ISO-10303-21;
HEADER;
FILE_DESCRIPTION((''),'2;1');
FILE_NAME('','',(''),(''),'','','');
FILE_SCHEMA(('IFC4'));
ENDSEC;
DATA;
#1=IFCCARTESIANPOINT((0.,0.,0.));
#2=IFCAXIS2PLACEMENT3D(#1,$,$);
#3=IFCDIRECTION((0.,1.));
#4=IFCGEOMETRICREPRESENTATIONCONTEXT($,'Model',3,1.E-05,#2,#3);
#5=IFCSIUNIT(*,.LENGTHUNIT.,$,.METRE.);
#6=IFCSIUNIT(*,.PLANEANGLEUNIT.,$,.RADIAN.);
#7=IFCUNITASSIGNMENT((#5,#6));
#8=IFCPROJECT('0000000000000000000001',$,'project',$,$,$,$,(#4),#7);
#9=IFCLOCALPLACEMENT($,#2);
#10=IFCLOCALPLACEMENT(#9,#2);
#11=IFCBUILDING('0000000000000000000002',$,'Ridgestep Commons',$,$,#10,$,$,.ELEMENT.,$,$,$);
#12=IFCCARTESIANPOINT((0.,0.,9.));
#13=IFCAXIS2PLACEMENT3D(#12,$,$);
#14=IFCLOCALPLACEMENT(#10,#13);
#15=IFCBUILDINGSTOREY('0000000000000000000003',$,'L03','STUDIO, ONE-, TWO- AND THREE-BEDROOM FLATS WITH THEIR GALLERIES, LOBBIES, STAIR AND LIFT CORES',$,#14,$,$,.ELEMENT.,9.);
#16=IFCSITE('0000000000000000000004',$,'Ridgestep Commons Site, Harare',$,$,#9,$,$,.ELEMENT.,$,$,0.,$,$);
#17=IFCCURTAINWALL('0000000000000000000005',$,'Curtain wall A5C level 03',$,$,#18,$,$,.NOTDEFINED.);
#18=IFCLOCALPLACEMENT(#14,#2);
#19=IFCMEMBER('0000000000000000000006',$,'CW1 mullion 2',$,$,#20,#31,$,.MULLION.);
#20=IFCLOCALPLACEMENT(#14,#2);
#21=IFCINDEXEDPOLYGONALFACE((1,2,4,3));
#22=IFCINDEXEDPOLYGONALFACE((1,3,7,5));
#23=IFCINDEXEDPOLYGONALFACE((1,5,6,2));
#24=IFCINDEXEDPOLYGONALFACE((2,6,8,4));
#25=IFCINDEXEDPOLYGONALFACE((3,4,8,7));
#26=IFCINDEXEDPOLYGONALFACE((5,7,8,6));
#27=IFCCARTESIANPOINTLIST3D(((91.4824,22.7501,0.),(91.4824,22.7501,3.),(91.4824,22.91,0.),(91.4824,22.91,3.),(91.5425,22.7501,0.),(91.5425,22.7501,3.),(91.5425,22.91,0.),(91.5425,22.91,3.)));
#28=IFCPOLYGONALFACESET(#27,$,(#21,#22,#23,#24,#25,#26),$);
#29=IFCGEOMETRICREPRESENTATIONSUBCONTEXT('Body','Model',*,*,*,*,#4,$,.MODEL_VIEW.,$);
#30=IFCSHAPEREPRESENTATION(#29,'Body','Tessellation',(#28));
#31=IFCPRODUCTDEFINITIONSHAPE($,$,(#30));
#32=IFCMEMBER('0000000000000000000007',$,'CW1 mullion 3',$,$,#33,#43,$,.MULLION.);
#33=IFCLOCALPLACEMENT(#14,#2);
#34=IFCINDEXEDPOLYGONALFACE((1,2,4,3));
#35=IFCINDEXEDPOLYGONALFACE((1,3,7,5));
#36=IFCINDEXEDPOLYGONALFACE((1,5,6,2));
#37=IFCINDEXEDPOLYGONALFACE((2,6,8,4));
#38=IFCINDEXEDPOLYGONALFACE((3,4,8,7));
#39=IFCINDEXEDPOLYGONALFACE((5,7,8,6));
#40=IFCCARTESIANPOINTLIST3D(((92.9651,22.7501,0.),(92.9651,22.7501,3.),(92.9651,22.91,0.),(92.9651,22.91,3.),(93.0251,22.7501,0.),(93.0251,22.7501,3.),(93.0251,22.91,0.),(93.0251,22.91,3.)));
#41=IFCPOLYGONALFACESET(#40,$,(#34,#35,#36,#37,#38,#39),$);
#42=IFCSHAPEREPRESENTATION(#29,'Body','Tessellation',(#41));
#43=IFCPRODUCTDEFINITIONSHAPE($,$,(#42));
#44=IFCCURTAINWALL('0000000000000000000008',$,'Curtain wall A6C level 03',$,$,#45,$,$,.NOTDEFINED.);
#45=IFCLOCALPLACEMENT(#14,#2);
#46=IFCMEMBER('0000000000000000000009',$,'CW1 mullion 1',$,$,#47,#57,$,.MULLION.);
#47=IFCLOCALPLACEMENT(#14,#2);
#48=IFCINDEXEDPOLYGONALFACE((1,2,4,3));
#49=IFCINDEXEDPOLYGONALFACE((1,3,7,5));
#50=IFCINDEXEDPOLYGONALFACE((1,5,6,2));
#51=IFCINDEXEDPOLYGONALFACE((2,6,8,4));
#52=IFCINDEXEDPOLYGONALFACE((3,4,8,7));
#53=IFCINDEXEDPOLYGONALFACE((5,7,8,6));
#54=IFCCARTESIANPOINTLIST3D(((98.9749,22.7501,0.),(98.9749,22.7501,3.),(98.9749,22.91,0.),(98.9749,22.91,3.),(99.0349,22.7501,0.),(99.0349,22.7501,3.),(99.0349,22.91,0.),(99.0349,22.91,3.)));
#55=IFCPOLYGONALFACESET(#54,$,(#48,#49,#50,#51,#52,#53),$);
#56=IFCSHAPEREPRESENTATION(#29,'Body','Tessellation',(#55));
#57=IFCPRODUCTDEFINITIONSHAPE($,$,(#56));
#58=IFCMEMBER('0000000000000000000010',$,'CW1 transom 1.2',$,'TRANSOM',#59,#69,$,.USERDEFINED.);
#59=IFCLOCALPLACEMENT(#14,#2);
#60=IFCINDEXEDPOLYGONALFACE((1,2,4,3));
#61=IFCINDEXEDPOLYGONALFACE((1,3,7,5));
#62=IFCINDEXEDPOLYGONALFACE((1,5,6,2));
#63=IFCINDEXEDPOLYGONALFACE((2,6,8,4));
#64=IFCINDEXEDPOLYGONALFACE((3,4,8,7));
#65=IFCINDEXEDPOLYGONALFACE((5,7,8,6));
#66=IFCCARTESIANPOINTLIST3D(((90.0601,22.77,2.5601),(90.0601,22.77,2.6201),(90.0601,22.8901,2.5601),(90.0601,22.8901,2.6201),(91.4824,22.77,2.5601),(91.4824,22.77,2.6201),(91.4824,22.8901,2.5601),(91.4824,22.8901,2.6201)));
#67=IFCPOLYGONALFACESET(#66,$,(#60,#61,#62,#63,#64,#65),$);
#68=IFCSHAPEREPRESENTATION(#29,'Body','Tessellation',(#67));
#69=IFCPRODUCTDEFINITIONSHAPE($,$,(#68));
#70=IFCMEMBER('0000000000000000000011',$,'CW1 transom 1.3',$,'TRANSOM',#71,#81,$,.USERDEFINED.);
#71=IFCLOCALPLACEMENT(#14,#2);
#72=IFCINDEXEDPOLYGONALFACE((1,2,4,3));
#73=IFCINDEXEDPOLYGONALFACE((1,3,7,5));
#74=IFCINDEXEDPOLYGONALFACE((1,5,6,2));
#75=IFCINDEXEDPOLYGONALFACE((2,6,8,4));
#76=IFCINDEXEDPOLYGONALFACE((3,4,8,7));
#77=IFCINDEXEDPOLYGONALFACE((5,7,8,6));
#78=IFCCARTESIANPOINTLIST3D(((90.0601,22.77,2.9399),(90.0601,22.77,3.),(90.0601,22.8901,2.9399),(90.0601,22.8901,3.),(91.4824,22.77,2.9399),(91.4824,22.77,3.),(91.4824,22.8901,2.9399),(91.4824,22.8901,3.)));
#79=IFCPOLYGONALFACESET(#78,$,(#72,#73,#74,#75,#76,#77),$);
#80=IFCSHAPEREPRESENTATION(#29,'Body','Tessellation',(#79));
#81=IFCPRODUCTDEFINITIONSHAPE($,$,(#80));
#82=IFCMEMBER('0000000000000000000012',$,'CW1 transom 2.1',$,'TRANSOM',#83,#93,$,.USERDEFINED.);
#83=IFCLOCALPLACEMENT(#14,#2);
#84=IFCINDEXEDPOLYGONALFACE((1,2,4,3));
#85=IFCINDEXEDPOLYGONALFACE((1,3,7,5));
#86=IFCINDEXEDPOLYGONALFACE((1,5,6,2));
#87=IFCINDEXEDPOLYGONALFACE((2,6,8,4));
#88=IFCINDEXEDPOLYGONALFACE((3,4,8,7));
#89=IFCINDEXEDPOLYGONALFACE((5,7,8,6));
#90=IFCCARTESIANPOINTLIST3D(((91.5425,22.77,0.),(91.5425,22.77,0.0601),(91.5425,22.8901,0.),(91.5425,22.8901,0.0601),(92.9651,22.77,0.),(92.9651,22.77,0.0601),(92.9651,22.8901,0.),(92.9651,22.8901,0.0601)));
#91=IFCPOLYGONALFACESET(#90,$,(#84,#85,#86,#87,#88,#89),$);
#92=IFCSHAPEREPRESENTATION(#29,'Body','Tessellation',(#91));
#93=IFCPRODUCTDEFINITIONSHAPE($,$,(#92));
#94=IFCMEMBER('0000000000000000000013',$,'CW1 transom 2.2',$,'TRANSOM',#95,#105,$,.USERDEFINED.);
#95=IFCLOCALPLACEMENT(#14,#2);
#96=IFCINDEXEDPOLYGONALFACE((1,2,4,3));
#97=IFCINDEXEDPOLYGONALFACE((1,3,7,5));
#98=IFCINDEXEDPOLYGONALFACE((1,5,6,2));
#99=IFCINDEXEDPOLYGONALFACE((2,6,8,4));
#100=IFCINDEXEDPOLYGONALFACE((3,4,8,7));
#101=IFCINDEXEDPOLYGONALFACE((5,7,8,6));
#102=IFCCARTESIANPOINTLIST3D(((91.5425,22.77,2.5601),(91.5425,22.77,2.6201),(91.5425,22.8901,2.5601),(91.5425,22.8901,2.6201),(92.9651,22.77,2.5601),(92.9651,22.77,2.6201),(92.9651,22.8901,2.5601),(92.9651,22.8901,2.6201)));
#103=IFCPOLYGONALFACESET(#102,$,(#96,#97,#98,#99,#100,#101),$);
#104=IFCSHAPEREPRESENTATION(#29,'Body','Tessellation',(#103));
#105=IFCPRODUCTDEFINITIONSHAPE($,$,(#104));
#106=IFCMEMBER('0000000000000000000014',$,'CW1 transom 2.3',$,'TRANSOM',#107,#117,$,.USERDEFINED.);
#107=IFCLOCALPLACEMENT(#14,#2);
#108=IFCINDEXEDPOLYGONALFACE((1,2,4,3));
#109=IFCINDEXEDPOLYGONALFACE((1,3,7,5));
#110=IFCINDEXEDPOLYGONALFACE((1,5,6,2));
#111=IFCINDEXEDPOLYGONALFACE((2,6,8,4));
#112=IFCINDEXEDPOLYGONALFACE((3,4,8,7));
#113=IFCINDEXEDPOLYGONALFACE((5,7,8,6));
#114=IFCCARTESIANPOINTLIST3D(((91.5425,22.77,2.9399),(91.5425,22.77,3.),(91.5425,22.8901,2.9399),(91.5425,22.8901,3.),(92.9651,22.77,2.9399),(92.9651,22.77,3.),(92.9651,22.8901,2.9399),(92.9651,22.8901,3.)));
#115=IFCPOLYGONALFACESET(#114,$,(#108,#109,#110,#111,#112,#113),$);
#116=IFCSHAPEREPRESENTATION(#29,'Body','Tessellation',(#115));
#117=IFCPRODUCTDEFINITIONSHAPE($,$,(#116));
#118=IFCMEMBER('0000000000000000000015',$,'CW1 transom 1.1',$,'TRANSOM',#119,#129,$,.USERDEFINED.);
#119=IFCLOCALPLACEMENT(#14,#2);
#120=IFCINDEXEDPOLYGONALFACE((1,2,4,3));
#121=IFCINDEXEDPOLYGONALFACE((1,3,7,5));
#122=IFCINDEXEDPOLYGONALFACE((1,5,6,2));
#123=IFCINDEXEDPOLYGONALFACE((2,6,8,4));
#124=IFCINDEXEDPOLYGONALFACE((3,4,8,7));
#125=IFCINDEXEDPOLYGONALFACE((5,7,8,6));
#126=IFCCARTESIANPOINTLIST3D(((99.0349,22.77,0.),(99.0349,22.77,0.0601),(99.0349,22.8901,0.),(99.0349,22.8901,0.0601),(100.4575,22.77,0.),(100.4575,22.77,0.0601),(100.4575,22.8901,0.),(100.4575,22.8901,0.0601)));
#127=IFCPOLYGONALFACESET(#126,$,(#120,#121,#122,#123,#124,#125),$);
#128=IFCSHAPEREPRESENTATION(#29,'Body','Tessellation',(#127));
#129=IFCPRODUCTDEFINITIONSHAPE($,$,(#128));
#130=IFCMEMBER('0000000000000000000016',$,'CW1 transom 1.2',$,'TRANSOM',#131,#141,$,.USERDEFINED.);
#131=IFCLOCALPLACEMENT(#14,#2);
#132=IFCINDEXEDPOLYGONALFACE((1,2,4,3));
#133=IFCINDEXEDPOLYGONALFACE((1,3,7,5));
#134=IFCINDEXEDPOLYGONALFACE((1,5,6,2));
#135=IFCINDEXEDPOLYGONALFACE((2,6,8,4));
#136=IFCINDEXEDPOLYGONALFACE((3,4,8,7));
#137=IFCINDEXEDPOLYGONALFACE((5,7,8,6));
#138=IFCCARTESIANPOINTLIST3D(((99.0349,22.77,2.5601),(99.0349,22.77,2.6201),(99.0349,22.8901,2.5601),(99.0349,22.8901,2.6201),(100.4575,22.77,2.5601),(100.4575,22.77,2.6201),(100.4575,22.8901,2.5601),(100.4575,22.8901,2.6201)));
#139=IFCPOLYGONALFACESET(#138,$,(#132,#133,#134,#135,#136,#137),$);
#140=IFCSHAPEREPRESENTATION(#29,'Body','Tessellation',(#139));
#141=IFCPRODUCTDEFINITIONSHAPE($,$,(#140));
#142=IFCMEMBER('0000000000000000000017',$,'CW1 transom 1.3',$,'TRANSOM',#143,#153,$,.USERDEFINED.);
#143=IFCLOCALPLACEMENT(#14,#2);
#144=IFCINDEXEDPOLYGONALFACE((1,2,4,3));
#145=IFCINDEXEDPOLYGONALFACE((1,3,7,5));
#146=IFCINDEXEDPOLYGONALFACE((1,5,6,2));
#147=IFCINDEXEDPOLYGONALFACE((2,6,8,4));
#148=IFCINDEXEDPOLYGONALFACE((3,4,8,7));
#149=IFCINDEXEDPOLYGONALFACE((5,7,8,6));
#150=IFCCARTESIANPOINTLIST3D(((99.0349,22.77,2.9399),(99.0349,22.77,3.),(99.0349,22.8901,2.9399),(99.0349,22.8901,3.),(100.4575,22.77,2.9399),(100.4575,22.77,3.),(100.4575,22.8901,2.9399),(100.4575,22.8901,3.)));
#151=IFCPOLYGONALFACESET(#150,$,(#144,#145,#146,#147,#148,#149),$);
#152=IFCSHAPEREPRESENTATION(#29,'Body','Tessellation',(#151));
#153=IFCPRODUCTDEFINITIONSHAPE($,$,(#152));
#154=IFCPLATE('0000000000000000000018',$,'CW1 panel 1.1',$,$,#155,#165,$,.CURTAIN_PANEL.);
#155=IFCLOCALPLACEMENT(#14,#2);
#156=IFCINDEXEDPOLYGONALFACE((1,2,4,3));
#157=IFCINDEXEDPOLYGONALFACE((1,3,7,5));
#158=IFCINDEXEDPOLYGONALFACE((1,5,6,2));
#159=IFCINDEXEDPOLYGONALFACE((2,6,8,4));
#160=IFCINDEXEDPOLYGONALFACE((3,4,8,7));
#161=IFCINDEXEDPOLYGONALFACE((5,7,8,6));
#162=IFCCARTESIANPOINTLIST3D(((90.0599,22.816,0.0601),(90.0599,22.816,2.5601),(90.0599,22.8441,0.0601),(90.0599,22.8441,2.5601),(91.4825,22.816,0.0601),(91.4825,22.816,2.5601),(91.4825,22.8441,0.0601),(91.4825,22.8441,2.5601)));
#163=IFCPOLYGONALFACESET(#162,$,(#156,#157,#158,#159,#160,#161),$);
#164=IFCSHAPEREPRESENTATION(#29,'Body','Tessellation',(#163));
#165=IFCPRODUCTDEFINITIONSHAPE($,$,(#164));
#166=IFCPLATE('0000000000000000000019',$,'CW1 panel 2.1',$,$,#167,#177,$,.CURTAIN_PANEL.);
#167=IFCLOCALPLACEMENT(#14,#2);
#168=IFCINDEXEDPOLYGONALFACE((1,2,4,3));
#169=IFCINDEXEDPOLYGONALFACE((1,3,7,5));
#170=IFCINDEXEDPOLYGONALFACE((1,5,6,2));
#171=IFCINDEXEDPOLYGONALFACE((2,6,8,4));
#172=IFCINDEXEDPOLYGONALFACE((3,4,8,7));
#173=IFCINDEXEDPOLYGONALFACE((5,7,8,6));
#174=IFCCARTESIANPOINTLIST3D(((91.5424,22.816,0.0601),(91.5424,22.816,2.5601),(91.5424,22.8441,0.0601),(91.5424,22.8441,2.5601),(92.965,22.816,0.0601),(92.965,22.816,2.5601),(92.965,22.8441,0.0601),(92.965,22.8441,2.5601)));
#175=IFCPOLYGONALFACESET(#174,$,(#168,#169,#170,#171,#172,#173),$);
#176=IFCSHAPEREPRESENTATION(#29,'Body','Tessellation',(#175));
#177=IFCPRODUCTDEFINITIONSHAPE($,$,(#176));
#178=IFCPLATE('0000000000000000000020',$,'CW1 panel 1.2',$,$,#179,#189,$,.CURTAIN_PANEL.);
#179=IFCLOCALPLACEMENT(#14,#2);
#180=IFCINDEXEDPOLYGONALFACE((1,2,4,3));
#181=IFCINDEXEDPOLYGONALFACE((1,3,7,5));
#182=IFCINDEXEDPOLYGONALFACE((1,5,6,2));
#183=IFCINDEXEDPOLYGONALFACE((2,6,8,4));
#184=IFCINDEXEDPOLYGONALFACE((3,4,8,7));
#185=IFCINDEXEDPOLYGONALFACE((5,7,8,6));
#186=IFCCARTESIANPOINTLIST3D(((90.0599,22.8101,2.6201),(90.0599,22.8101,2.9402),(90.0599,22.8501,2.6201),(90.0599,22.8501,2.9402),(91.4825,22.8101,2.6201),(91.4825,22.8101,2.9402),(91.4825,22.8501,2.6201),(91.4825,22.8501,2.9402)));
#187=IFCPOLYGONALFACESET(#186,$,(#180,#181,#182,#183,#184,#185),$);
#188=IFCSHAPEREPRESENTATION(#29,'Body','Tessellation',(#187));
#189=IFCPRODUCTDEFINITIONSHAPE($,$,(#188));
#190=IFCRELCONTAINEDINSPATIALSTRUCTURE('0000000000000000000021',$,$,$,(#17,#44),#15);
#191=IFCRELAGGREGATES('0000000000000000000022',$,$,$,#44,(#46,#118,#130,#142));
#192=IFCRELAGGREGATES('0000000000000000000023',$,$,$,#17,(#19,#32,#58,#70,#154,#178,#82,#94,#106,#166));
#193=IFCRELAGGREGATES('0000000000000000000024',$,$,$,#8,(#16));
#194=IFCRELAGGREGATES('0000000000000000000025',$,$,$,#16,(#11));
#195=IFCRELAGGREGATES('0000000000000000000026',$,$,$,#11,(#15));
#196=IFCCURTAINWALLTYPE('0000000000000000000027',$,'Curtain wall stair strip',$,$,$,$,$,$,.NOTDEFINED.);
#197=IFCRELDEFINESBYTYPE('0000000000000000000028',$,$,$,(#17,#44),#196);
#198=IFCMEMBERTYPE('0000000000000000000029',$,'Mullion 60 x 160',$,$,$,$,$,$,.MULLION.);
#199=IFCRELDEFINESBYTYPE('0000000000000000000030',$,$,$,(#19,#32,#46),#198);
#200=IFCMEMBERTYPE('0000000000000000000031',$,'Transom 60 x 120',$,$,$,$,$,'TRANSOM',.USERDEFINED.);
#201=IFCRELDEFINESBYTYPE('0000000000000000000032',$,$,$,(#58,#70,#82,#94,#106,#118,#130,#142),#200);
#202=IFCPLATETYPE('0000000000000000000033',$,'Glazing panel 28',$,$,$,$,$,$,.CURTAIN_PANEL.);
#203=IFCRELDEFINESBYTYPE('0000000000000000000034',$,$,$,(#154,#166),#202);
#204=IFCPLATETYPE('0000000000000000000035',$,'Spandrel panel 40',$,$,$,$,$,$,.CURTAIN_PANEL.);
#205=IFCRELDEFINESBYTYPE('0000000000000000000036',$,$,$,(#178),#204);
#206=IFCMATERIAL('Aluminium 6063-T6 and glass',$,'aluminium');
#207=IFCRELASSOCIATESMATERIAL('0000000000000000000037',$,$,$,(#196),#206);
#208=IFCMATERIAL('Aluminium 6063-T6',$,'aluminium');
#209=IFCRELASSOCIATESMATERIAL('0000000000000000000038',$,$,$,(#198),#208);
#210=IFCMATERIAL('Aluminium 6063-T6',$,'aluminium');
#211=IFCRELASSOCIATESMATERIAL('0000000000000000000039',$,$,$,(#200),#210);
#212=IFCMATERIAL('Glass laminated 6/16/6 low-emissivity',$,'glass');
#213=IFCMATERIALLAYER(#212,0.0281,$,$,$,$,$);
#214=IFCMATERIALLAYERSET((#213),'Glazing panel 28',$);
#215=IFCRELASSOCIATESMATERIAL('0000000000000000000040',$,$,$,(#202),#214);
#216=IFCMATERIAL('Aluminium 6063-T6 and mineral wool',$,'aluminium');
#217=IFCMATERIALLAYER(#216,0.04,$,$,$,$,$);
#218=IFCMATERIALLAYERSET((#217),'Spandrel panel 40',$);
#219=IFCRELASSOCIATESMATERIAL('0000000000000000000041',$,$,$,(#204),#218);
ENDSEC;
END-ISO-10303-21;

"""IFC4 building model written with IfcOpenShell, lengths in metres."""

from ifc_helpers import new_model, si_unit, direction, frame, origin, origin_2d, place, context, subcontext, project, spatial, rectangle, extrude, material, layer, layer_set, material_profile, profile_set, type_object, element, aggregate, save


model = new_model("IFC4")

# Units and contexts
model_context = context("Model", 3, precision=1e-05, world=origin(), true_north=direction((0.0, 1.0)))
body_context = subcontext(model_context, "Body", "Model", "MODEL_VIEW")
ifc_project = project(units=[si_unit("LENGTHUNIT", "METRE"), si_unit("PLANEANGLEUNIT", "RADIAN")], contexts=[model_context])

# Site, building, storey
site_placement = place(None, origin())
site = spatial("IfcSite", under=ifc_project, at=site_placement, Name="Ridgestep Commons Site, Harare", CompositionType="ELEMENT", RefElevation=0.0)
building_placement = place(site_placement, origin())
building = spatial("IfcBuilding", under=site, at=building_placement, Name="Ridgestep Commons", CompositionType="ELEMENT")
storey_placement = place(building_placement, frame((0.0, 0.0, 9.0)))
storey = spatial("IfcBuildingStorey", under=building, at=storey_placement, Name="L03", Description="STUDIO, ONE-, TWO- AND THREE-BEDROOM FLATS WITH THEIR GALLERIES, LOBBIES, STAIR AND LIFT CORES", CompositionType="ELEMENT", Elevation=9.0)

# Curtain wall, members
ifc_material_1 = material(Name="Aluminium 6063-T6 and glass", Category="aluminium")
curtain_wall_type = type_object("IfcCurtainWallType", Name="Curtain wall stair strip", PredefinedType="NOTDEFINED", material=ifc_material_1)
curtain_wall_1_placement = place(storey_placement, origin())
curtain_wall_1 = element("IfcCurtainWall", 1, at=curtain_wall_1_placement, inside=storey, type_object=curtain_wall_type, Name="Curtain wall A5C level 03", PredefinedType="NOTDEFINED")
ifc_material_2 = material(Name="Aluminium 6063-T6", Category="aluminium")
ifc_material_profile_1 = material_profile(ifc_material_2, rectangle(XDim=0.1599, YDim=0.0601, at=origin_2d()), Name="Mullion 60 x 160")
ifc_profile_set_1 = profile_set([ifc_material_profile_1], Name="Aluminium 6063-T6")
member_type_1 = type_object("IfcMemberType", Name="Mullion 60 x 160", PredefinedType="MULLION", material=ifc_profile_set_1)
member_1_placement = place(storey_placement, frame((91.5125, 22.8301, 0.0), z_axis=(0.0, 0.0, 1.0), x_axis=(0.0, 1.0, 0.0)))
member_1 = element("IfcMember", 2, at=member_1_placement, type_object=member_type_1, Name="CW1 mullion 2", PredefinedType="MULLION", context=body_context, shape_type="SweptSolid", body=[
    extrude(rectangle(XDim=0.1599, YDim=0.0601, at=origin_2d()), origin(), (0.0, 0.0, 1.0), 3.0),
])
member_2_placement = place(storey_placement, frame((92.9951, 22.8301, 0.0), z_axis=(0.0, 0.0, 1.0), x_axis=(0.0, 1.0, 0.0)))
member_2 = element("IfcMember", 3, at=member_2_placement, type_object=member_type_1, Name="CW1 mullion 3", PredefinedType="MULLION", context=body_context, shape_type="SweptSolid", body=[
    extrude(rectangle(XDim=0.1599, YDim=0.0601, at=origin_2d()), origin(), (0.0, 0.0, 1.0), 3.0),
])

# Curtain wall, member
curtain_wall_2_placement = place(storey_placement, origin())
curtain_wall_2 = element("IfcCurtainWall", 4, at=curtain_wall_2_placement, inside=storey, type_object=curtain_wall_type, Name="Curtain wall A6C level 03", PredefinedType="NOTDEFINED")
member_3_placement = place(storey_placement, frame((99.0049, 22.8301, 0.0), z_axis=(0.0, 0.0, 1.0), x_axis=(0.0, 1.0, 0.0)))
member_3 = element("IfcMember", 5, at=member_3_placement, type_object=member_type_1, Name="CW1 mullion 1", PredefinedType="MULLION", context=body_context, shape_type="SweptSolid", body=[
    extrude(rectangle(XDim=0.1599, YDim=0.0601, at=origin_2d()), origin(), (0.0, 0.0, 1.0), 3.0),
])

# Members
ifc_material_3 = material(Name="Aluminium 6063-T6", Category="aluminium")
ifc_material_profile_2 = material_profile(ifc_material_3, rectangle(XDim=0.1201, YDim=0.0601, at=origin_2d()), Name="Transom 60 x 120")
ifc_profile_set_2 = profile_set([ifc_material_profile_2], Name="Aluminium 6063-T6")
member_type_2 = type_object("IfcMemberType", Name="Transom 60 x 120", ElementType="TRANSOM", PredefinedType="USERDEFINED", material=ifc_profile_set_2)
member_4_placement = place(storey_placement, frame((90.0601, 22.8301, 2.5901), z_axis=(1.0, 0.0, 0.0), x_axis=(0.0, 1.0, 0.0)))
member_4 = element("IfcMember", 6, at=member_4_placement, type_object=member_type_2, Name="CW1 transom 1.2", ObjectType="TRANSOM", PredefinedType="USERDEFINED", context=body_context, shape_type="SweptSolid", body=[
    extrude(rectangle(XDim=0.1201, YDim=0.0601, at=origin_2d()), origin(), (0.0, 0.0, 1.0), 1.4224),
])
member_5_placement = place(storey_placement, frame((90.0601, 22.8301, 2.97), z_axis=(1.0, 0.0, 0.0), x_axis=(0.0, 1.0, 0.0)))
member_5 = element("IfcMember", 7, at=member_5_placement, type_object=member_type_2, Name="CW1 transom 1.3", ObjectType="TRANSOM", PredefinedType="USERDEFINED", context=body_context, shape_type="SweptSolid", body=[
    extrude(rectangle(XDim=0.1201, YDim=0.0601, at=origin_2d()), origin(), (0.0, 0.0, 1.0), 1.4224),
])
member_6_placement = place(storey_placement, frame((91.5425, 22.8301, 0.03), z_axis=(1.0, 0.0, 0.0), x_axis=(0.0, 1.0, 0.0)))
member_6 = element("IfcMember", 8, at=member_6_placement, type_object=member_type_2, Name="CW1 transom 2.1", ObjectType="TRANSOM", PredefinedType="USERDEFINED", context=body_context, shape_type="SweptSolid", body=[
    extrude(rectangle(XDim=0.1201, YDim=0.0601, at=origin_2d()), origin(), (0.0, 0.0, 1.0), 1.4226),
])
member_7_placement = place(storey_placement, frame((91.5425, 22.8301, 2.5901), z_axis=(1.0, 0.0, 0.0), x_axis=(0.0, 1.0, 0.0)))
member_7 = element("IfcMember", 9, at=member_7_placement, type_object=member_type_2, Name="CW1 transom 2.2", ObjectType="TRANSOM", PredefinedType="USERDEFINED", context=body_context, shape_type="SweptSolid", body=[
    extrude(rectangle(XDim=0.1201, YDim=0.0601, at=origin_2d()), origin(), (0.0, 0.0, 1.0), 1.4226),
])
member_8_placement = place(storey_placement, frame((91.5425, 22.8301, 2.97), z_axis=(1.0, 0.0, 0.0), x_axis=(0.0, 1.0, 0.0)))
member_8 = element("IfcMember", 10, at=member_8_placement, type_object=member_type_2, Name="CW1 transom 2.3", ObjectType="TRANSOM", PredefinedType="USERDEFINED", context=body_context, shape_type="SweptSolid", body=[
    extrude(rectangle(XDim=0.1201, YDim=0.0601, at=origin_2d()), origin(), (0.0, 0.0, 1.0), 1.4226),
])
member_9_placement = place(storey_placement, frame((99.0349, 22.8301, 0.03), z_axis=(1.0, 0.0, 0.0), x_axis=(0.0, 1.0, 0.0)))
member_9 = element("IfcMember", 11, at=member_9_placement, type_object=member_type_2, Name="CW1 transom 1.1", ObjectType="TRANSOM", PredefinedType="USERDEFINED", context=body_context, shape_type="SweptSolid", body=[
    extrude(rectangle(XDim=0.1201, YDim=0.0601, at=origin_2d()), origin(), (0.0, 0.0, 1.0), 1.4226),
])
member_10_placement = place(storey_placement, frame((99.0349, 22.8301, 2.5901), z_axis=(1.0, 0.0, 0.0), x_axis=(0.0, 1.0, 0.0)))
member_10 = element("IfcMember", 12, at=member_10_placement, type_object=member_type_2, Name="CW1 transom 1.2", ObjectType="TRANSOM", PredefinedType="USERDEFINED", context=body_context, shape_type="SweptSolid", body=[
    extrude(rectangle(XDim=0.1201, YDim=0.0601, at=origin_2d()), origin(), (0.0, 0.0, 1.0), 1.4226),
])
member_11_placement = place(storey_placement, frame((99.0349, 22.8301, 2.97), z_axis=(1.0, 0.0, 0.0), x_axis=(0.0, 1.0, 0.0)))
member_11 = element("IfcMember", 13, at=member_11_placement, type_object=member_type_2, Name="CW1 transom 1.3", ObjectType="TRANSOM", PredefinedType="USERDEFINED", context=body_context, shape_type="SweptSolid", body=[
    extrude(rectangle(XDim=0.1201, YDim=0.0601, at=origin_2d()), origin(), (0.0, 0.0, 1.0), 1.4226),
])
aggregate(curtain_wall_2, [member_3, member_9, member_10, member_11])

# Plates
ifc_material_4 = material(Name="Glass laminated 6/16/6 low-emissivity", Category="glass")
ifc_layer_1 = layer(ifc_material_4, 0.0281)
ifc_layer_set_1 = layer_set([ifc_layer_1], Name="Glazing panel 28")
plate_type_1 = type_object("IfcPlateType", Name="Glazing panel 28", PredefinedType="CURTAIN_PANEL", material=ifc_layer_set_1)
plate_1_placement = place(storey_placement, frame((90.7712, 22.8301, 0.0601), z_axis=(0.0, 0.0, 1.0), x_axis=(1.0, 0.0, 0.0)))
plate_1 = element("IfcPlate", 14, at=plate_1_placement, type_object=plate_type_1, Name="CW1 panel 1.1", PredefinedType="CURTAIN_PANEL", context=body_context, shape_type="SweptSolid", body=[
    extrude(rectangle(XDim=1.4226, YDim=0.0281, at=origin_2d()), origin(), (0.0, 0.0, 1.0), 2.5),
])
plate_2_placement = place(storey_placement, frame((92.2537, 22.8301, 0.0601), z_axis=(0.0, 0.0, 1.0), x_axis=(1.0, 0.0, 0.0)))
plate_2 = element("IfcPlate", 15, at=plate_2_placement, type_object=plate_type_1, Name="CW1 panel 2.1", PredefinedType="CURTAIN_PANEL", context=body_context, shape_type="SweptSolid", body=[
    extrude(rectangle(XDim=1.4226, YDim=0.0281, at=origin_2d()), origin(), (0.0, 0.0, 1.0), 2.5),
])
ifc_material_5 = material(Name="Aluminium 6063-T6 and mineral wool", Category="aluminium")
ifc_layer_2 = layer(ifc_material_5, 0.04)
ifc_layer_set_2 = layer_set([ifc_layer_2], Name="Spandrel panel 40")
plate_type_2 = type_object("IfcPlateType", Name="Spandrel panel 40", PredefinedType="CURTAIN_PANEL", material=ifc_layer_set_2)
plate_3_placement = place(storey_placement, frame((90.7712, 22.8301, 2.6201), z_axis=(0.0, 0.0, 1.0), x_axis=(1.0, 0.0, 0.0)))
plate_3 = element("IfcPlate", 16, at=plate_3_placement, type_object=plate_type_2, Name="CW1 panel 1.2", PredefinedType="CURTAIN_PANEL", context=body_context, shape_type="SweptSolid", body=[
    extrude(rectangle(XDim=1.4226, YDim=0.04, at=origin_2d()), origin(), (0.0, 0.0, 1.0), 0.3201),
])
aggregate(curtain_wall_1, [member_1, member_2, member_4, member_5, plate_1, plate_3, member_6, member_7, member_8, plate_2])

save(model, "model.ifc")
